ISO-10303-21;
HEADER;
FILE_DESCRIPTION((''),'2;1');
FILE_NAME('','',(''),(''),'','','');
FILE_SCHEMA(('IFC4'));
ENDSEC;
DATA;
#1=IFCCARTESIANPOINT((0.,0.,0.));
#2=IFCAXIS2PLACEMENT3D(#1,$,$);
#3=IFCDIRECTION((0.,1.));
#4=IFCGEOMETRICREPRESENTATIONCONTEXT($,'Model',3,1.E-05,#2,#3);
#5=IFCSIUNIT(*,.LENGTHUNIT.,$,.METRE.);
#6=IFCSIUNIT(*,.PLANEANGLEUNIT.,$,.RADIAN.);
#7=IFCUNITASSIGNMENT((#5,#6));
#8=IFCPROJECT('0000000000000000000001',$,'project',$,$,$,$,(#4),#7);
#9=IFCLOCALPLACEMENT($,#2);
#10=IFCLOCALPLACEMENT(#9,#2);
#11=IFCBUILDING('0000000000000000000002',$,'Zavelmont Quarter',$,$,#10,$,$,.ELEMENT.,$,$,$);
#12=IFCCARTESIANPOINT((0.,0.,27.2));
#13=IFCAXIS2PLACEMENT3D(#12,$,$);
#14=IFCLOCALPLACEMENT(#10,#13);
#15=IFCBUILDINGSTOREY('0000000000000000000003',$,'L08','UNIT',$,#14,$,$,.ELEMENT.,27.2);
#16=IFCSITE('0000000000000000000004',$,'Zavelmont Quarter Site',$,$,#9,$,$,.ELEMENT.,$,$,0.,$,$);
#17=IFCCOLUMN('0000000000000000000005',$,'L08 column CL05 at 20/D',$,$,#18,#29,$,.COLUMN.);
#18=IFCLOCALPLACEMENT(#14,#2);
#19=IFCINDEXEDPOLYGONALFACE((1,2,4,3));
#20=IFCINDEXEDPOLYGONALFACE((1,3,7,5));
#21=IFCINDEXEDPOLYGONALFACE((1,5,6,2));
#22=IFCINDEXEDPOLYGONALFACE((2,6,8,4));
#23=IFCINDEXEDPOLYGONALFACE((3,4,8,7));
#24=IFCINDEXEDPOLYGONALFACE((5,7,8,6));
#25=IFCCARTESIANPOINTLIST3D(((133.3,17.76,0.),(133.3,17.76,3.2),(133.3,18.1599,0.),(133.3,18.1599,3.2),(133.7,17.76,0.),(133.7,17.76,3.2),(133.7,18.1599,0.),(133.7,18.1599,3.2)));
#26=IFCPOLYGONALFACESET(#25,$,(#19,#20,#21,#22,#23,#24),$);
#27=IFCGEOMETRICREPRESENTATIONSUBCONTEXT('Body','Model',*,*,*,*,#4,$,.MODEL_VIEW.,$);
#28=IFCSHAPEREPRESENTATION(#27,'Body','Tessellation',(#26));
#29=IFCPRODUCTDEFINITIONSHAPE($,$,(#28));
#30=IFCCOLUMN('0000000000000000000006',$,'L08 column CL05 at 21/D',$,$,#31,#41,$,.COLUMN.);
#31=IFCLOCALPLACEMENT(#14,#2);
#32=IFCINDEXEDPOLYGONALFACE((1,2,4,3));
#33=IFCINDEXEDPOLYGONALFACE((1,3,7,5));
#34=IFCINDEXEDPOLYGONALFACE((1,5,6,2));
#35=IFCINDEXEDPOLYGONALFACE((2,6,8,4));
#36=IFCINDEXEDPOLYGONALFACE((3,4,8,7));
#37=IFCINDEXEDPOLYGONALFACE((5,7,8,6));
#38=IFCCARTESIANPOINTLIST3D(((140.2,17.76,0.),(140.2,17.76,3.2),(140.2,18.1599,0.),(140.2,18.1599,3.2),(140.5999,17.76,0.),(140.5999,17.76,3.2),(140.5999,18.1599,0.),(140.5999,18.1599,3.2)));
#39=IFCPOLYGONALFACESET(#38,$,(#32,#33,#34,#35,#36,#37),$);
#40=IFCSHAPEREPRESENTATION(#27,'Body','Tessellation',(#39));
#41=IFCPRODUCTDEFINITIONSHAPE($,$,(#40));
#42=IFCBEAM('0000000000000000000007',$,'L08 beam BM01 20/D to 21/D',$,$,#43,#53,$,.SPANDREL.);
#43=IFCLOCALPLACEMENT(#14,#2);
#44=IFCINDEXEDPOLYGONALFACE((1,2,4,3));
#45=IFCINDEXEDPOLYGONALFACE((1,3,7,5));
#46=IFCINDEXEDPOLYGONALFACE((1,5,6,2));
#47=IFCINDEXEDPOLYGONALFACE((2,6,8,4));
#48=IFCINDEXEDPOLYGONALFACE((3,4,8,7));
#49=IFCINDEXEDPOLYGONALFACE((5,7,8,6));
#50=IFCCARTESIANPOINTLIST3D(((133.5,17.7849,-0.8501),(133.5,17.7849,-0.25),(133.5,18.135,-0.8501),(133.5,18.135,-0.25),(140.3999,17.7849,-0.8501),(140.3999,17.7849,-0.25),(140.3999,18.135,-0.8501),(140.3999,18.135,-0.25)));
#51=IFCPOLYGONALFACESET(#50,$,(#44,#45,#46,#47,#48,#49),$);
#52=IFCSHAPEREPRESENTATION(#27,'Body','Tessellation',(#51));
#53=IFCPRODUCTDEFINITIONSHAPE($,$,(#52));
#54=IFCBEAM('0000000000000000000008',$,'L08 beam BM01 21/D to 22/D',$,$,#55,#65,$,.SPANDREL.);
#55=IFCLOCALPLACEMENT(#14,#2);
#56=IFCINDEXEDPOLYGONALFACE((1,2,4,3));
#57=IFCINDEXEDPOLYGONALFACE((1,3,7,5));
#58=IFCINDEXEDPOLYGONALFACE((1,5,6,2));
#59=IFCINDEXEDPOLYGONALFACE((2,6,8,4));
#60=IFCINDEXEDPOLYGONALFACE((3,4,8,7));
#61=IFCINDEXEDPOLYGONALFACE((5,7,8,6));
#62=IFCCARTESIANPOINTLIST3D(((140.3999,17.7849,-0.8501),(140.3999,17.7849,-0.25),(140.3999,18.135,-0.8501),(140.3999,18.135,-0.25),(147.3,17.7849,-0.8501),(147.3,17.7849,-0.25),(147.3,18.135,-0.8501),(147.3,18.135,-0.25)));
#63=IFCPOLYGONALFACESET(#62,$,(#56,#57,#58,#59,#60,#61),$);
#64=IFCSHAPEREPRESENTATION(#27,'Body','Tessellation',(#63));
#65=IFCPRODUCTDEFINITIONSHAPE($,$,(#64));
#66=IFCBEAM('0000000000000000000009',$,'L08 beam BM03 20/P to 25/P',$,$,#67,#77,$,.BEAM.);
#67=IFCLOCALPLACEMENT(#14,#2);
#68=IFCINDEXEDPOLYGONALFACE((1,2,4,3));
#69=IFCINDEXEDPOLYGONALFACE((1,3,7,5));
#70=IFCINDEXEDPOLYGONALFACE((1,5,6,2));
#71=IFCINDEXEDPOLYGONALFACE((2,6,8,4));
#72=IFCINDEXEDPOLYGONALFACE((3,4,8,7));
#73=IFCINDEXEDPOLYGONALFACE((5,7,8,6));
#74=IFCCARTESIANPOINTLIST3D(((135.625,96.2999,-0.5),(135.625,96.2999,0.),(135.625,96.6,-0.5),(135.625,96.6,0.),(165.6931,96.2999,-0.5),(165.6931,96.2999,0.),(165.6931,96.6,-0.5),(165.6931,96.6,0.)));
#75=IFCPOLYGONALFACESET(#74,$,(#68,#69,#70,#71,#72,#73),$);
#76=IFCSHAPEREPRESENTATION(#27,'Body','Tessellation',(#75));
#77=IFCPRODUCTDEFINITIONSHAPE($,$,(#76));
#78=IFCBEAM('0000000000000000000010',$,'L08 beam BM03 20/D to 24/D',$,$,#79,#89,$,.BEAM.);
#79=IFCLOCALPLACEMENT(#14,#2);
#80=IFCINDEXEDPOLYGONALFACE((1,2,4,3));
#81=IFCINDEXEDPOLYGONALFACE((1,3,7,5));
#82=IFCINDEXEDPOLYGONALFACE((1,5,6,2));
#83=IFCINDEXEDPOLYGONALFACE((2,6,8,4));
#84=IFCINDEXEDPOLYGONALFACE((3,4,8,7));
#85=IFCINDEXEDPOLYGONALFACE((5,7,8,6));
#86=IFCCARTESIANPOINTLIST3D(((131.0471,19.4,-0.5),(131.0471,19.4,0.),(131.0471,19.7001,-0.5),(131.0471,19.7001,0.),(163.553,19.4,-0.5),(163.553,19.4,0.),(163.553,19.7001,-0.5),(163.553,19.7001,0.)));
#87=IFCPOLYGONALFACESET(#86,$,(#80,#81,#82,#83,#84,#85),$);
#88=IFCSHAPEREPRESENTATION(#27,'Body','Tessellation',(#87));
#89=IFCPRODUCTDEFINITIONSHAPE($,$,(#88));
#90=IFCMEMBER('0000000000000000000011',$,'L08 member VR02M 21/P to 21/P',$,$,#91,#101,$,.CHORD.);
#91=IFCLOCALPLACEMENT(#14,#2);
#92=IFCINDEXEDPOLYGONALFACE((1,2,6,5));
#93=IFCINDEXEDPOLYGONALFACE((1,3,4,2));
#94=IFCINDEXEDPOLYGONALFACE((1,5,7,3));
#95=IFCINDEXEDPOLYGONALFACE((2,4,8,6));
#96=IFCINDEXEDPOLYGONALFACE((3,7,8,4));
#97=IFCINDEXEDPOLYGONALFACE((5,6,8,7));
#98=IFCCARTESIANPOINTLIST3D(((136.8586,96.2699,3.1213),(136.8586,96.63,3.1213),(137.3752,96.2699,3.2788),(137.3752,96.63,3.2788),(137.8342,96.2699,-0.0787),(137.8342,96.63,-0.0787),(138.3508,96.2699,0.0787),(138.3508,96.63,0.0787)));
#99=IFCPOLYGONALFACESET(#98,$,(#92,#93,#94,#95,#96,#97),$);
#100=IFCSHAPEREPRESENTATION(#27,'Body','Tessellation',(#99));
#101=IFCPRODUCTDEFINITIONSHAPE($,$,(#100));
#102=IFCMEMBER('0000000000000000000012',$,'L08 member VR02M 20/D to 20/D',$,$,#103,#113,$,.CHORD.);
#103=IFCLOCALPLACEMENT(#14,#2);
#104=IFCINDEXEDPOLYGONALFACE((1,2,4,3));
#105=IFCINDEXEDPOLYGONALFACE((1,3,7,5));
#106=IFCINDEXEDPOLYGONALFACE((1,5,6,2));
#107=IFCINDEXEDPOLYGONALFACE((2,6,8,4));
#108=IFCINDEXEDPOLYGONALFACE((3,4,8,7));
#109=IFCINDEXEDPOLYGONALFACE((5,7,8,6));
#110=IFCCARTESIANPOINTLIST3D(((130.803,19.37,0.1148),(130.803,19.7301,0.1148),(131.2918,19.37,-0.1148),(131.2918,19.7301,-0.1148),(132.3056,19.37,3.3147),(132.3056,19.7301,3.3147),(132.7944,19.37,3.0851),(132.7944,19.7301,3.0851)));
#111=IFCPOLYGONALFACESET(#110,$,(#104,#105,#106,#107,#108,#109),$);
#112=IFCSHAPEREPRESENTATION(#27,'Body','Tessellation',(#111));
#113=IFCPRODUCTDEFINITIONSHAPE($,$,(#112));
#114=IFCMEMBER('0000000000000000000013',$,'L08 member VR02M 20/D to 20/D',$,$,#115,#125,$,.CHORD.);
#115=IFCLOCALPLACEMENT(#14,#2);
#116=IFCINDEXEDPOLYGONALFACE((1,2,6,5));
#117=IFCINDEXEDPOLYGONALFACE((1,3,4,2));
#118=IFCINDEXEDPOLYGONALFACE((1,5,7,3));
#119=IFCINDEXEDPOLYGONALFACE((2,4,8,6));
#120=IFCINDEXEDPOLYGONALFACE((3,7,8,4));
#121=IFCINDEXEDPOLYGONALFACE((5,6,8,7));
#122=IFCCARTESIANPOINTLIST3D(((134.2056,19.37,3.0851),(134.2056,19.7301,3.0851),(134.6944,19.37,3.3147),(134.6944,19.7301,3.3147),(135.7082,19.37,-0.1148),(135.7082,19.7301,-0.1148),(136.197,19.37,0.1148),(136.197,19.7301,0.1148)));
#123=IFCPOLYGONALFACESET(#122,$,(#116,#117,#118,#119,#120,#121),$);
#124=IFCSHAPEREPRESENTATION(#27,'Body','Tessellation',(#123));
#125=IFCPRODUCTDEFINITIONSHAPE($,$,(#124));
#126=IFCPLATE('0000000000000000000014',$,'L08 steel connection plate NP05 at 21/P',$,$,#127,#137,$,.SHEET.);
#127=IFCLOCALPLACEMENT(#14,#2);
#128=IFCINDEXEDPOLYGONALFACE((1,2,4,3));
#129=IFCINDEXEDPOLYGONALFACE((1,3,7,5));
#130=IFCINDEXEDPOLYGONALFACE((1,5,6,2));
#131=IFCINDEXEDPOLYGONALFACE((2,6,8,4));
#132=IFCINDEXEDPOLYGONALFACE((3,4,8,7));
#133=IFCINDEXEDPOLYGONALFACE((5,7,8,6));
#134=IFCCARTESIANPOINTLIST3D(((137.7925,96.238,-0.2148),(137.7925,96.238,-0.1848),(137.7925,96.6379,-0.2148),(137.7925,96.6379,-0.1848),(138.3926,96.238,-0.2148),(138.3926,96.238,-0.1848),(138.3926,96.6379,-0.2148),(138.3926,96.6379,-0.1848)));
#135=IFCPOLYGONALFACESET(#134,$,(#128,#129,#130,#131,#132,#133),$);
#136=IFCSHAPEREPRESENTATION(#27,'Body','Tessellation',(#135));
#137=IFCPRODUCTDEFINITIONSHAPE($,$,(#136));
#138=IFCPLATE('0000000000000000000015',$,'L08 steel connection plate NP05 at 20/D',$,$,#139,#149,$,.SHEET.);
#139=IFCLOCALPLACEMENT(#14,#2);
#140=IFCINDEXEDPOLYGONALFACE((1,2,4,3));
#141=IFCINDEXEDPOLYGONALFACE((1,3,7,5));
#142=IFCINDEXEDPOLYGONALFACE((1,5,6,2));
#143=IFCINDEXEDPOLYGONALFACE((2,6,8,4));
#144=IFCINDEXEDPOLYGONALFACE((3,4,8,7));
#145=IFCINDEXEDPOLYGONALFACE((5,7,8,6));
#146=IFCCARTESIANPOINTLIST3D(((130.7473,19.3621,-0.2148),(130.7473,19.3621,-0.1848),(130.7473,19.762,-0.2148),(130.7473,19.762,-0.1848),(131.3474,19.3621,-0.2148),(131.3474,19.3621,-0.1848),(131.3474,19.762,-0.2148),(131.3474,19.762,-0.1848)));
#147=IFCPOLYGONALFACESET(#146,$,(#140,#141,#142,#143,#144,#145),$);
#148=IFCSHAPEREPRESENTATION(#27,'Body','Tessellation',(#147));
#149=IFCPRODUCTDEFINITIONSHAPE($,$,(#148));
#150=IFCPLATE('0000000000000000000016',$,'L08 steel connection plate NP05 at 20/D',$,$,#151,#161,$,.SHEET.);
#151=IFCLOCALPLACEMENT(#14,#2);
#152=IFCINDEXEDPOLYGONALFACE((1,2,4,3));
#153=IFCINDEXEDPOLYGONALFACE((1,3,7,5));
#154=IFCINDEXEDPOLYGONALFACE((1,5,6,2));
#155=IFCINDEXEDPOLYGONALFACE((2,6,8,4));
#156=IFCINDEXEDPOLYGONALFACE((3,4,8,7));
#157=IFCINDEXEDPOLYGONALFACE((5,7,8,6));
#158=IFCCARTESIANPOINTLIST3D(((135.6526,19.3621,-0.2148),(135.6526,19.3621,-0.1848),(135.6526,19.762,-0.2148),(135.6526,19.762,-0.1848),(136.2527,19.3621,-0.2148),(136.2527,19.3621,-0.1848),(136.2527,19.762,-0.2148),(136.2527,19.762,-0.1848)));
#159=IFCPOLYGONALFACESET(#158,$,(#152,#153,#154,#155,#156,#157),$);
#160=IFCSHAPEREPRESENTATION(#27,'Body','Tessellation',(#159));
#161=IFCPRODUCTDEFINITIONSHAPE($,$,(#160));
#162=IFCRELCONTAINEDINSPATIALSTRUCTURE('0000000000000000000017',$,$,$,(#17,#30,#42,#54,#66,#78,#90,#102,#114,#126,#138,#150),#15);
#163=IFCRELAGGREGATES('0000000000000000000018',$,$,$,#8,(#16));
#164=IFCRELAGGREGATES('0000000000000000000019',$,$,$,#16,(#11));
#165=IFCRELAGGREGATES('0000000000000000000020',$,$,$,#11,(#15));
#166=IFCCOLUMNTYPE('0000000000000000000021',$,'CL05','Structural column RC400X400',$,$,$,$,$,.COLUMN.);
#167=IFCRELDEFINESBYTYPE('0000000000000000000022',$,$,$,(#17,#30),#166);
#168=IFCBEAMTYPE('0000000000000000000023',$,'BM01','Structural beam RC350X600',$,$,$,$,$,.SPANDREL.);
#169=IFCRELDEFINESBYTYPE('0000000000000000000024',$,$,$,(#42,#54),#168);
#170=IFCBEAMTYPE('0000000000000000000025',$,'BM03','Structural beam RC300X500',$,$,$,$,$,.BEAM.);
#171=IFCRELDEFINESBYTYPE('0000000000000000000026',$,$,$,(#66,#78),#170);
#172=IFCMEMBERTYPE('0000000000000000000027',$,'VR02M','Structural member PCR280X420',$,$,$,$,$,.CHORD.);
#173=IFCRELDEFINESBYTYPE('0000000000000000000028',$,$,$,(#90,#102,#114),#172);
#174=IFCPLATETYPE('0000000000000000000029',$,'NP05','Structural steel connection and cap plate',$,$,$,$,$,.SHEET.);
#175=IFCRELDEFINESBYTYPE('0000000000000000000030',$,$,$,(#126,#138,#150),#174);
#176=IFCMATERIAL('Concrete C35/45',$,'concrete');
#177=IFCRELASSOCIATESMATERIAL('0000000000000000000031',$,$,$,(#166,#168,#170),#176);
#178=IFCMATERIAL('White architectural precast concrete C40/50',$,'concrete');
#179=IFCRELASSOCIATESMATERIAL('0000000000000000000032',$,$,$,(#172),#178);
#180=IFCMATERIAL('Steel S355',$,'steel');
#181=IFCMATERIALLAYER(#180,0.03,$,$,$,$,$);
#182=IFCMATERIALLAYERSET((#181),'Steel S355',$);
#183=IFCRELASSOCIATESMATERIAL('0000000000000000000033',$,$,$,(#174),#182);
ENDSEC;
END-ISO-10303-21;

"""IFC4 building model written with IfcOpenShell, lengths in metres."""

from ifc_helpers import new_model, si_unit, direction, frame, origin, origin_2d, place, context, subcontext, project, spatial, rectangle, extrude, material, layer, layer_set, material_profile, profile_set, type_object, element, save


model = new_model("IFC4")

# Units and contexts
model_context = context("Model", 3, precision=1e-05, world=origin(), true_north=direction((0.0, 1.0)))
body_context = subcontext(model_context, "Body", "Model", "MODEL_VIEW")
ifc_project = project(units=[si_unit("LENGTHUNIT", "METRE"), si_unit("PLANEANGLEUNIT", "RADIAN")], contexts=[model_context])

# Site, building, storey
site_placement = place(None, origin())
site = spatial("IfcSite", under=ifc_project, at=site_placement, Name="Zavelmont Quarter Site", CompositionType="ELEMENT", RefElevation=0.0)
building_placement = place(site_placement, origin())
building = spatial("IfcBuilding", under=site, at=building_placement, Name="Zavelmont Quarter", CompositionType="ELEMENT")
storey_placement = place(building_placement, frame((0.0, 0.0, 27.2)))
storey = spatial("IfcBuildingStorey", under=building, at=storey_placement, Name="L08", Description="UNIT", CompositionType="ELEMENT", Elevation=27.2)

# Columns
ifc_material_1 = material(Name="Concrete C35/45", Category="concrete")
ifc_material_profile_1 = material_profile(ifc_material_1, rectangle(XDim=0.3999, YDim=0.3999, at=origin_2d()), Name="RC400X400")
ifc_profile_set_1 = profile_set([ifc_material_profile_1], Name="Concrete C35/45")
column_type = type_object("IfcColumnType", Name="CL05", Description="Structural column RC400X400", PredefinedType="COLUMN", material=ifc_profile_set_1)
for number, where, z_axis, x_axis, name in (
    (1, (133.5, 17.96, 0.0), (0.0, 0.0, 1.0), (1.0, 0.0, 0.0), "L08 column CL05 at 20/D"),
    (2, (140.3999, 17.96, 0.0), (0.0, 0.0, 1.0), (1.0, 0.0, 0.0), "L08 column CL05 at 21/D"),
):
    element("IfcColumn", number, at=place(storey_placement, frame(where, z_axis=z_axis, x_axis=x_axis)), inside=storey, type_object=column_type, Name=name, PredefinedType="COLUMN", context=body_context, shape_type="SweptSolid", body=[
        extrude(rectangle(XDim=0.3999, YDim=0.3999, at=origin_2d()), origin(), (0.0, 0.0, 1.0), 3.2),
    ])

# Beams
ifc_material_profile_2 = material_profile(ifc_material_1, rectangle(XDim=0.3501, YDim=0.6001, at=origin_2d()), Name="RC350X600")
ifc_profile_set_2 = profile_set([ifc_material_profile_2], Name="Concrete C35/45")
beam_type_1 = type_object("IfcBeamType", Name="BM01", Description="Structural beam RC350X600", PredefinedType="SPANDREL", material=ifc_profile_set_2)
beam_1_placement = place(storey_placement, frame((133.5, 17.96, -0.55), z_axis=(1.0, 0.0, 0.0), x_axis=(0.0, 1.0, 0.0)))
element("IfcBeam", 3, at=beam_1_placement, inside=storey, type_object=beam_type_1, Name="L08 beam BM01 20/D to 21/D", PredefinedType="SPANDREL", context=body_context, shape_type="SweptSolid", body=[
    extrude(rectangle(XDim=0.3501, YDim=0.6001, at=origin_2d()), origin(), (0.0, 0.0, 1.0), 6.8999),
])
beam_2_placement = place(storey_placement, frame((140.3999, 17.96, -0.55), z_axis=(1.0, 0.0, 0.0), x_axis=(0.0, 1.0, 0.0)))
element("IfcBeam", 4, at=beam_2_placement, inside=storey, type_object=beam_type_1, Name="L08 beam BM01 21/D to 22/D", PredefinedType="SPANDREL", context=body_context, shape_type="SweptSolid", body=[
    extrude(rectangle(XDim=0.3501, YDim=0.6001, at=origin_2d()), origin(), (0.0, 0.0, 1.0), 6.9001),
])
ifc_material_profile_3 = material_profile(ifc_material_1, rectangle(XDim=0.3, YDim=0.5, at=origin_2d()), Name="RC300X500")
ifc_profile_set_3 = profile_set([ifc_material_profile_3], Name="Concrete C35/45")
beam_type_2 = type_object("IfcBeamType", Name="BM03", Description="Structural beam RC300X500", PredefinedType="BEAM", material=ifc_profile_set_3)
beam_3_placement = place(storey_placement, frame((135.625, 96.45, -0.25), z_axis=(1.0, 0.0, 0.0), x_axis=(0.0, 1.0, 0.0)))
element("IfcBeam", 5, at=beam_3_placement, inside=storey, type_object=beam_type_2, Name="L08 beam BM03 20/P to 25/P", PredefinedType="BEAM", context=body_context, shape_type="SweptSolid", body=[
    extrude(rectangle(XDim=0.3, YDim=0.5, at=origin_2d()), origin(), (0.0, 0.0, 1.0), 30.0681),
])
beam_4_placement = place(storey_placement, frame((131.0471, 19.55, -0.25), z_axis=(1.0, 0.0, 0.0), x_axis=(0.0, 1.0, 0.0)))
element("IfcBeam", 6, at=beam_4_placement, inside=storey, type_object=beam_type_2, Name="L08 beam BM03 20/D to 24/D", PredefinedType="BEAM", context=body_context, shape_type="SweptSolid", body=[
    extrude(rectangle(XDim=0.3, YDim=0.5, at=origin_2d()), origin(), (0.0, 0.0, 1.0), 32.5059),
])

# Members
ifc_material_2 = material(Name="White architectural precast concrete C40/50", Category="concrete")
ifc_material_profile_4 = material_profile(ifc_material_2, rectangle(XDim=0.3601, YDim=0.54, at=origin_2d()), Name="PCR280X420")
ifc_profile_set_4 = profile_set([ifc_material_profile_4], Name="White architectural precast concrete C40/50")
member_type = type_object("IfcMemberType", Name="VR02M", Description="Structural member PCR280X420", PredefinedType="CHORD", material=ifc_profile_set_4)
member_placement = place(storey_placement, frame((138.0925, 96.45, 0.0), z_axis=(-0.291623, 0.0, 0.956533), x_axis=(0.0, -1.0, 0.0)))
element("IfcMember", 7, at=member_placement, inside=storey, type_object=member_type, Name="L08 member VR02M 21/P to 21/P", PredefinedType="CHORD", context=body_context, shape_type="SweptSolid", body=[
    extrude(rectangle(XDim=0.3601, YDim=0.54, at=origin_2d()), origin(), (0.0, 0.0, 1.0), 3.3455),
])
for number, where, z_axis, x_axis, name in (
    (8, (131.0474, 19.55, 0.0), (0.425062, 0.0, 0.905164), (0.0, 1.0, 0.0), "L08 member VR02M 20/D to 20/D"),
    (9, (135.9526, 19.55, 0.0), (-0.425062, 0.0, 0.905164), (0.0, -1.0, 0.0), "L08 member VR02M 20/D to 20/D"),
):
    element("IfcMember", number, at=place(storey_placement, frame(where, z_axis=z_axis, x_axis=x_axis)), inside=storey, type_object=member_type, Name=name, PredefinedType="CHORD", context=body_context, shape_type="SweptSolid", body=[
        extrude(rectangle(XDim=0.3601, YDim=0.54, at=origin_2d()), origin(), (0.0, 0.0, 1.0), 3.5352),
    ])

# Plates
ifc_material_3 = material(Name="Steel S355", Category="steel")
ifc_layer_1 = layer(ifc_material_3, 0.03)
ifc_layer_set_1 = layer_set([ifc_layer_1], Name="Steel S355")
plate_type = type_object("IfcPlateType", Name="NP05", Description="Structural steel connection and cap plate", PredefinedType="SHEET", material=ifc_layer_set_1)
for number, where, z_axis, x_axis, name in (
    (10, (138.0925, 96.438, -0.2148), (0.0, 0.0, 1.0), (1.0, 0.0, 0.0), "L08 steel connection plate NP05 at 21/P"),
    (11, (131.0474, 19.562, -0.2148), (0.0, 0.0, 1.0), (1.0, 0.0, 0.0), "L08 steel connection plate NP05 at 20/D"),
    (12, (135.9526, 19.562, -0.2148), (0.0, 0.0, 1.0), (1.0, 0.0, 0.0), "L08 steel connection plate NP05 at 20/D"),
):
    element("IfcPlate", number, at=place(storey_placement, frame(where, z_axis=z_axis, x_axis=x_axis)), inside=storey, type_object=plate_type, Name=name, PredefinedType="SHEET", context=body_context, shape_type="SweptSolid", body=[
        extrude(rectangle(XDim=0.6001, YDim=0.3999, at=origin_2d()), origin(), (0.0, 0.0, 1.0), 0.03),
    ])

save(model, "model.ifc")
